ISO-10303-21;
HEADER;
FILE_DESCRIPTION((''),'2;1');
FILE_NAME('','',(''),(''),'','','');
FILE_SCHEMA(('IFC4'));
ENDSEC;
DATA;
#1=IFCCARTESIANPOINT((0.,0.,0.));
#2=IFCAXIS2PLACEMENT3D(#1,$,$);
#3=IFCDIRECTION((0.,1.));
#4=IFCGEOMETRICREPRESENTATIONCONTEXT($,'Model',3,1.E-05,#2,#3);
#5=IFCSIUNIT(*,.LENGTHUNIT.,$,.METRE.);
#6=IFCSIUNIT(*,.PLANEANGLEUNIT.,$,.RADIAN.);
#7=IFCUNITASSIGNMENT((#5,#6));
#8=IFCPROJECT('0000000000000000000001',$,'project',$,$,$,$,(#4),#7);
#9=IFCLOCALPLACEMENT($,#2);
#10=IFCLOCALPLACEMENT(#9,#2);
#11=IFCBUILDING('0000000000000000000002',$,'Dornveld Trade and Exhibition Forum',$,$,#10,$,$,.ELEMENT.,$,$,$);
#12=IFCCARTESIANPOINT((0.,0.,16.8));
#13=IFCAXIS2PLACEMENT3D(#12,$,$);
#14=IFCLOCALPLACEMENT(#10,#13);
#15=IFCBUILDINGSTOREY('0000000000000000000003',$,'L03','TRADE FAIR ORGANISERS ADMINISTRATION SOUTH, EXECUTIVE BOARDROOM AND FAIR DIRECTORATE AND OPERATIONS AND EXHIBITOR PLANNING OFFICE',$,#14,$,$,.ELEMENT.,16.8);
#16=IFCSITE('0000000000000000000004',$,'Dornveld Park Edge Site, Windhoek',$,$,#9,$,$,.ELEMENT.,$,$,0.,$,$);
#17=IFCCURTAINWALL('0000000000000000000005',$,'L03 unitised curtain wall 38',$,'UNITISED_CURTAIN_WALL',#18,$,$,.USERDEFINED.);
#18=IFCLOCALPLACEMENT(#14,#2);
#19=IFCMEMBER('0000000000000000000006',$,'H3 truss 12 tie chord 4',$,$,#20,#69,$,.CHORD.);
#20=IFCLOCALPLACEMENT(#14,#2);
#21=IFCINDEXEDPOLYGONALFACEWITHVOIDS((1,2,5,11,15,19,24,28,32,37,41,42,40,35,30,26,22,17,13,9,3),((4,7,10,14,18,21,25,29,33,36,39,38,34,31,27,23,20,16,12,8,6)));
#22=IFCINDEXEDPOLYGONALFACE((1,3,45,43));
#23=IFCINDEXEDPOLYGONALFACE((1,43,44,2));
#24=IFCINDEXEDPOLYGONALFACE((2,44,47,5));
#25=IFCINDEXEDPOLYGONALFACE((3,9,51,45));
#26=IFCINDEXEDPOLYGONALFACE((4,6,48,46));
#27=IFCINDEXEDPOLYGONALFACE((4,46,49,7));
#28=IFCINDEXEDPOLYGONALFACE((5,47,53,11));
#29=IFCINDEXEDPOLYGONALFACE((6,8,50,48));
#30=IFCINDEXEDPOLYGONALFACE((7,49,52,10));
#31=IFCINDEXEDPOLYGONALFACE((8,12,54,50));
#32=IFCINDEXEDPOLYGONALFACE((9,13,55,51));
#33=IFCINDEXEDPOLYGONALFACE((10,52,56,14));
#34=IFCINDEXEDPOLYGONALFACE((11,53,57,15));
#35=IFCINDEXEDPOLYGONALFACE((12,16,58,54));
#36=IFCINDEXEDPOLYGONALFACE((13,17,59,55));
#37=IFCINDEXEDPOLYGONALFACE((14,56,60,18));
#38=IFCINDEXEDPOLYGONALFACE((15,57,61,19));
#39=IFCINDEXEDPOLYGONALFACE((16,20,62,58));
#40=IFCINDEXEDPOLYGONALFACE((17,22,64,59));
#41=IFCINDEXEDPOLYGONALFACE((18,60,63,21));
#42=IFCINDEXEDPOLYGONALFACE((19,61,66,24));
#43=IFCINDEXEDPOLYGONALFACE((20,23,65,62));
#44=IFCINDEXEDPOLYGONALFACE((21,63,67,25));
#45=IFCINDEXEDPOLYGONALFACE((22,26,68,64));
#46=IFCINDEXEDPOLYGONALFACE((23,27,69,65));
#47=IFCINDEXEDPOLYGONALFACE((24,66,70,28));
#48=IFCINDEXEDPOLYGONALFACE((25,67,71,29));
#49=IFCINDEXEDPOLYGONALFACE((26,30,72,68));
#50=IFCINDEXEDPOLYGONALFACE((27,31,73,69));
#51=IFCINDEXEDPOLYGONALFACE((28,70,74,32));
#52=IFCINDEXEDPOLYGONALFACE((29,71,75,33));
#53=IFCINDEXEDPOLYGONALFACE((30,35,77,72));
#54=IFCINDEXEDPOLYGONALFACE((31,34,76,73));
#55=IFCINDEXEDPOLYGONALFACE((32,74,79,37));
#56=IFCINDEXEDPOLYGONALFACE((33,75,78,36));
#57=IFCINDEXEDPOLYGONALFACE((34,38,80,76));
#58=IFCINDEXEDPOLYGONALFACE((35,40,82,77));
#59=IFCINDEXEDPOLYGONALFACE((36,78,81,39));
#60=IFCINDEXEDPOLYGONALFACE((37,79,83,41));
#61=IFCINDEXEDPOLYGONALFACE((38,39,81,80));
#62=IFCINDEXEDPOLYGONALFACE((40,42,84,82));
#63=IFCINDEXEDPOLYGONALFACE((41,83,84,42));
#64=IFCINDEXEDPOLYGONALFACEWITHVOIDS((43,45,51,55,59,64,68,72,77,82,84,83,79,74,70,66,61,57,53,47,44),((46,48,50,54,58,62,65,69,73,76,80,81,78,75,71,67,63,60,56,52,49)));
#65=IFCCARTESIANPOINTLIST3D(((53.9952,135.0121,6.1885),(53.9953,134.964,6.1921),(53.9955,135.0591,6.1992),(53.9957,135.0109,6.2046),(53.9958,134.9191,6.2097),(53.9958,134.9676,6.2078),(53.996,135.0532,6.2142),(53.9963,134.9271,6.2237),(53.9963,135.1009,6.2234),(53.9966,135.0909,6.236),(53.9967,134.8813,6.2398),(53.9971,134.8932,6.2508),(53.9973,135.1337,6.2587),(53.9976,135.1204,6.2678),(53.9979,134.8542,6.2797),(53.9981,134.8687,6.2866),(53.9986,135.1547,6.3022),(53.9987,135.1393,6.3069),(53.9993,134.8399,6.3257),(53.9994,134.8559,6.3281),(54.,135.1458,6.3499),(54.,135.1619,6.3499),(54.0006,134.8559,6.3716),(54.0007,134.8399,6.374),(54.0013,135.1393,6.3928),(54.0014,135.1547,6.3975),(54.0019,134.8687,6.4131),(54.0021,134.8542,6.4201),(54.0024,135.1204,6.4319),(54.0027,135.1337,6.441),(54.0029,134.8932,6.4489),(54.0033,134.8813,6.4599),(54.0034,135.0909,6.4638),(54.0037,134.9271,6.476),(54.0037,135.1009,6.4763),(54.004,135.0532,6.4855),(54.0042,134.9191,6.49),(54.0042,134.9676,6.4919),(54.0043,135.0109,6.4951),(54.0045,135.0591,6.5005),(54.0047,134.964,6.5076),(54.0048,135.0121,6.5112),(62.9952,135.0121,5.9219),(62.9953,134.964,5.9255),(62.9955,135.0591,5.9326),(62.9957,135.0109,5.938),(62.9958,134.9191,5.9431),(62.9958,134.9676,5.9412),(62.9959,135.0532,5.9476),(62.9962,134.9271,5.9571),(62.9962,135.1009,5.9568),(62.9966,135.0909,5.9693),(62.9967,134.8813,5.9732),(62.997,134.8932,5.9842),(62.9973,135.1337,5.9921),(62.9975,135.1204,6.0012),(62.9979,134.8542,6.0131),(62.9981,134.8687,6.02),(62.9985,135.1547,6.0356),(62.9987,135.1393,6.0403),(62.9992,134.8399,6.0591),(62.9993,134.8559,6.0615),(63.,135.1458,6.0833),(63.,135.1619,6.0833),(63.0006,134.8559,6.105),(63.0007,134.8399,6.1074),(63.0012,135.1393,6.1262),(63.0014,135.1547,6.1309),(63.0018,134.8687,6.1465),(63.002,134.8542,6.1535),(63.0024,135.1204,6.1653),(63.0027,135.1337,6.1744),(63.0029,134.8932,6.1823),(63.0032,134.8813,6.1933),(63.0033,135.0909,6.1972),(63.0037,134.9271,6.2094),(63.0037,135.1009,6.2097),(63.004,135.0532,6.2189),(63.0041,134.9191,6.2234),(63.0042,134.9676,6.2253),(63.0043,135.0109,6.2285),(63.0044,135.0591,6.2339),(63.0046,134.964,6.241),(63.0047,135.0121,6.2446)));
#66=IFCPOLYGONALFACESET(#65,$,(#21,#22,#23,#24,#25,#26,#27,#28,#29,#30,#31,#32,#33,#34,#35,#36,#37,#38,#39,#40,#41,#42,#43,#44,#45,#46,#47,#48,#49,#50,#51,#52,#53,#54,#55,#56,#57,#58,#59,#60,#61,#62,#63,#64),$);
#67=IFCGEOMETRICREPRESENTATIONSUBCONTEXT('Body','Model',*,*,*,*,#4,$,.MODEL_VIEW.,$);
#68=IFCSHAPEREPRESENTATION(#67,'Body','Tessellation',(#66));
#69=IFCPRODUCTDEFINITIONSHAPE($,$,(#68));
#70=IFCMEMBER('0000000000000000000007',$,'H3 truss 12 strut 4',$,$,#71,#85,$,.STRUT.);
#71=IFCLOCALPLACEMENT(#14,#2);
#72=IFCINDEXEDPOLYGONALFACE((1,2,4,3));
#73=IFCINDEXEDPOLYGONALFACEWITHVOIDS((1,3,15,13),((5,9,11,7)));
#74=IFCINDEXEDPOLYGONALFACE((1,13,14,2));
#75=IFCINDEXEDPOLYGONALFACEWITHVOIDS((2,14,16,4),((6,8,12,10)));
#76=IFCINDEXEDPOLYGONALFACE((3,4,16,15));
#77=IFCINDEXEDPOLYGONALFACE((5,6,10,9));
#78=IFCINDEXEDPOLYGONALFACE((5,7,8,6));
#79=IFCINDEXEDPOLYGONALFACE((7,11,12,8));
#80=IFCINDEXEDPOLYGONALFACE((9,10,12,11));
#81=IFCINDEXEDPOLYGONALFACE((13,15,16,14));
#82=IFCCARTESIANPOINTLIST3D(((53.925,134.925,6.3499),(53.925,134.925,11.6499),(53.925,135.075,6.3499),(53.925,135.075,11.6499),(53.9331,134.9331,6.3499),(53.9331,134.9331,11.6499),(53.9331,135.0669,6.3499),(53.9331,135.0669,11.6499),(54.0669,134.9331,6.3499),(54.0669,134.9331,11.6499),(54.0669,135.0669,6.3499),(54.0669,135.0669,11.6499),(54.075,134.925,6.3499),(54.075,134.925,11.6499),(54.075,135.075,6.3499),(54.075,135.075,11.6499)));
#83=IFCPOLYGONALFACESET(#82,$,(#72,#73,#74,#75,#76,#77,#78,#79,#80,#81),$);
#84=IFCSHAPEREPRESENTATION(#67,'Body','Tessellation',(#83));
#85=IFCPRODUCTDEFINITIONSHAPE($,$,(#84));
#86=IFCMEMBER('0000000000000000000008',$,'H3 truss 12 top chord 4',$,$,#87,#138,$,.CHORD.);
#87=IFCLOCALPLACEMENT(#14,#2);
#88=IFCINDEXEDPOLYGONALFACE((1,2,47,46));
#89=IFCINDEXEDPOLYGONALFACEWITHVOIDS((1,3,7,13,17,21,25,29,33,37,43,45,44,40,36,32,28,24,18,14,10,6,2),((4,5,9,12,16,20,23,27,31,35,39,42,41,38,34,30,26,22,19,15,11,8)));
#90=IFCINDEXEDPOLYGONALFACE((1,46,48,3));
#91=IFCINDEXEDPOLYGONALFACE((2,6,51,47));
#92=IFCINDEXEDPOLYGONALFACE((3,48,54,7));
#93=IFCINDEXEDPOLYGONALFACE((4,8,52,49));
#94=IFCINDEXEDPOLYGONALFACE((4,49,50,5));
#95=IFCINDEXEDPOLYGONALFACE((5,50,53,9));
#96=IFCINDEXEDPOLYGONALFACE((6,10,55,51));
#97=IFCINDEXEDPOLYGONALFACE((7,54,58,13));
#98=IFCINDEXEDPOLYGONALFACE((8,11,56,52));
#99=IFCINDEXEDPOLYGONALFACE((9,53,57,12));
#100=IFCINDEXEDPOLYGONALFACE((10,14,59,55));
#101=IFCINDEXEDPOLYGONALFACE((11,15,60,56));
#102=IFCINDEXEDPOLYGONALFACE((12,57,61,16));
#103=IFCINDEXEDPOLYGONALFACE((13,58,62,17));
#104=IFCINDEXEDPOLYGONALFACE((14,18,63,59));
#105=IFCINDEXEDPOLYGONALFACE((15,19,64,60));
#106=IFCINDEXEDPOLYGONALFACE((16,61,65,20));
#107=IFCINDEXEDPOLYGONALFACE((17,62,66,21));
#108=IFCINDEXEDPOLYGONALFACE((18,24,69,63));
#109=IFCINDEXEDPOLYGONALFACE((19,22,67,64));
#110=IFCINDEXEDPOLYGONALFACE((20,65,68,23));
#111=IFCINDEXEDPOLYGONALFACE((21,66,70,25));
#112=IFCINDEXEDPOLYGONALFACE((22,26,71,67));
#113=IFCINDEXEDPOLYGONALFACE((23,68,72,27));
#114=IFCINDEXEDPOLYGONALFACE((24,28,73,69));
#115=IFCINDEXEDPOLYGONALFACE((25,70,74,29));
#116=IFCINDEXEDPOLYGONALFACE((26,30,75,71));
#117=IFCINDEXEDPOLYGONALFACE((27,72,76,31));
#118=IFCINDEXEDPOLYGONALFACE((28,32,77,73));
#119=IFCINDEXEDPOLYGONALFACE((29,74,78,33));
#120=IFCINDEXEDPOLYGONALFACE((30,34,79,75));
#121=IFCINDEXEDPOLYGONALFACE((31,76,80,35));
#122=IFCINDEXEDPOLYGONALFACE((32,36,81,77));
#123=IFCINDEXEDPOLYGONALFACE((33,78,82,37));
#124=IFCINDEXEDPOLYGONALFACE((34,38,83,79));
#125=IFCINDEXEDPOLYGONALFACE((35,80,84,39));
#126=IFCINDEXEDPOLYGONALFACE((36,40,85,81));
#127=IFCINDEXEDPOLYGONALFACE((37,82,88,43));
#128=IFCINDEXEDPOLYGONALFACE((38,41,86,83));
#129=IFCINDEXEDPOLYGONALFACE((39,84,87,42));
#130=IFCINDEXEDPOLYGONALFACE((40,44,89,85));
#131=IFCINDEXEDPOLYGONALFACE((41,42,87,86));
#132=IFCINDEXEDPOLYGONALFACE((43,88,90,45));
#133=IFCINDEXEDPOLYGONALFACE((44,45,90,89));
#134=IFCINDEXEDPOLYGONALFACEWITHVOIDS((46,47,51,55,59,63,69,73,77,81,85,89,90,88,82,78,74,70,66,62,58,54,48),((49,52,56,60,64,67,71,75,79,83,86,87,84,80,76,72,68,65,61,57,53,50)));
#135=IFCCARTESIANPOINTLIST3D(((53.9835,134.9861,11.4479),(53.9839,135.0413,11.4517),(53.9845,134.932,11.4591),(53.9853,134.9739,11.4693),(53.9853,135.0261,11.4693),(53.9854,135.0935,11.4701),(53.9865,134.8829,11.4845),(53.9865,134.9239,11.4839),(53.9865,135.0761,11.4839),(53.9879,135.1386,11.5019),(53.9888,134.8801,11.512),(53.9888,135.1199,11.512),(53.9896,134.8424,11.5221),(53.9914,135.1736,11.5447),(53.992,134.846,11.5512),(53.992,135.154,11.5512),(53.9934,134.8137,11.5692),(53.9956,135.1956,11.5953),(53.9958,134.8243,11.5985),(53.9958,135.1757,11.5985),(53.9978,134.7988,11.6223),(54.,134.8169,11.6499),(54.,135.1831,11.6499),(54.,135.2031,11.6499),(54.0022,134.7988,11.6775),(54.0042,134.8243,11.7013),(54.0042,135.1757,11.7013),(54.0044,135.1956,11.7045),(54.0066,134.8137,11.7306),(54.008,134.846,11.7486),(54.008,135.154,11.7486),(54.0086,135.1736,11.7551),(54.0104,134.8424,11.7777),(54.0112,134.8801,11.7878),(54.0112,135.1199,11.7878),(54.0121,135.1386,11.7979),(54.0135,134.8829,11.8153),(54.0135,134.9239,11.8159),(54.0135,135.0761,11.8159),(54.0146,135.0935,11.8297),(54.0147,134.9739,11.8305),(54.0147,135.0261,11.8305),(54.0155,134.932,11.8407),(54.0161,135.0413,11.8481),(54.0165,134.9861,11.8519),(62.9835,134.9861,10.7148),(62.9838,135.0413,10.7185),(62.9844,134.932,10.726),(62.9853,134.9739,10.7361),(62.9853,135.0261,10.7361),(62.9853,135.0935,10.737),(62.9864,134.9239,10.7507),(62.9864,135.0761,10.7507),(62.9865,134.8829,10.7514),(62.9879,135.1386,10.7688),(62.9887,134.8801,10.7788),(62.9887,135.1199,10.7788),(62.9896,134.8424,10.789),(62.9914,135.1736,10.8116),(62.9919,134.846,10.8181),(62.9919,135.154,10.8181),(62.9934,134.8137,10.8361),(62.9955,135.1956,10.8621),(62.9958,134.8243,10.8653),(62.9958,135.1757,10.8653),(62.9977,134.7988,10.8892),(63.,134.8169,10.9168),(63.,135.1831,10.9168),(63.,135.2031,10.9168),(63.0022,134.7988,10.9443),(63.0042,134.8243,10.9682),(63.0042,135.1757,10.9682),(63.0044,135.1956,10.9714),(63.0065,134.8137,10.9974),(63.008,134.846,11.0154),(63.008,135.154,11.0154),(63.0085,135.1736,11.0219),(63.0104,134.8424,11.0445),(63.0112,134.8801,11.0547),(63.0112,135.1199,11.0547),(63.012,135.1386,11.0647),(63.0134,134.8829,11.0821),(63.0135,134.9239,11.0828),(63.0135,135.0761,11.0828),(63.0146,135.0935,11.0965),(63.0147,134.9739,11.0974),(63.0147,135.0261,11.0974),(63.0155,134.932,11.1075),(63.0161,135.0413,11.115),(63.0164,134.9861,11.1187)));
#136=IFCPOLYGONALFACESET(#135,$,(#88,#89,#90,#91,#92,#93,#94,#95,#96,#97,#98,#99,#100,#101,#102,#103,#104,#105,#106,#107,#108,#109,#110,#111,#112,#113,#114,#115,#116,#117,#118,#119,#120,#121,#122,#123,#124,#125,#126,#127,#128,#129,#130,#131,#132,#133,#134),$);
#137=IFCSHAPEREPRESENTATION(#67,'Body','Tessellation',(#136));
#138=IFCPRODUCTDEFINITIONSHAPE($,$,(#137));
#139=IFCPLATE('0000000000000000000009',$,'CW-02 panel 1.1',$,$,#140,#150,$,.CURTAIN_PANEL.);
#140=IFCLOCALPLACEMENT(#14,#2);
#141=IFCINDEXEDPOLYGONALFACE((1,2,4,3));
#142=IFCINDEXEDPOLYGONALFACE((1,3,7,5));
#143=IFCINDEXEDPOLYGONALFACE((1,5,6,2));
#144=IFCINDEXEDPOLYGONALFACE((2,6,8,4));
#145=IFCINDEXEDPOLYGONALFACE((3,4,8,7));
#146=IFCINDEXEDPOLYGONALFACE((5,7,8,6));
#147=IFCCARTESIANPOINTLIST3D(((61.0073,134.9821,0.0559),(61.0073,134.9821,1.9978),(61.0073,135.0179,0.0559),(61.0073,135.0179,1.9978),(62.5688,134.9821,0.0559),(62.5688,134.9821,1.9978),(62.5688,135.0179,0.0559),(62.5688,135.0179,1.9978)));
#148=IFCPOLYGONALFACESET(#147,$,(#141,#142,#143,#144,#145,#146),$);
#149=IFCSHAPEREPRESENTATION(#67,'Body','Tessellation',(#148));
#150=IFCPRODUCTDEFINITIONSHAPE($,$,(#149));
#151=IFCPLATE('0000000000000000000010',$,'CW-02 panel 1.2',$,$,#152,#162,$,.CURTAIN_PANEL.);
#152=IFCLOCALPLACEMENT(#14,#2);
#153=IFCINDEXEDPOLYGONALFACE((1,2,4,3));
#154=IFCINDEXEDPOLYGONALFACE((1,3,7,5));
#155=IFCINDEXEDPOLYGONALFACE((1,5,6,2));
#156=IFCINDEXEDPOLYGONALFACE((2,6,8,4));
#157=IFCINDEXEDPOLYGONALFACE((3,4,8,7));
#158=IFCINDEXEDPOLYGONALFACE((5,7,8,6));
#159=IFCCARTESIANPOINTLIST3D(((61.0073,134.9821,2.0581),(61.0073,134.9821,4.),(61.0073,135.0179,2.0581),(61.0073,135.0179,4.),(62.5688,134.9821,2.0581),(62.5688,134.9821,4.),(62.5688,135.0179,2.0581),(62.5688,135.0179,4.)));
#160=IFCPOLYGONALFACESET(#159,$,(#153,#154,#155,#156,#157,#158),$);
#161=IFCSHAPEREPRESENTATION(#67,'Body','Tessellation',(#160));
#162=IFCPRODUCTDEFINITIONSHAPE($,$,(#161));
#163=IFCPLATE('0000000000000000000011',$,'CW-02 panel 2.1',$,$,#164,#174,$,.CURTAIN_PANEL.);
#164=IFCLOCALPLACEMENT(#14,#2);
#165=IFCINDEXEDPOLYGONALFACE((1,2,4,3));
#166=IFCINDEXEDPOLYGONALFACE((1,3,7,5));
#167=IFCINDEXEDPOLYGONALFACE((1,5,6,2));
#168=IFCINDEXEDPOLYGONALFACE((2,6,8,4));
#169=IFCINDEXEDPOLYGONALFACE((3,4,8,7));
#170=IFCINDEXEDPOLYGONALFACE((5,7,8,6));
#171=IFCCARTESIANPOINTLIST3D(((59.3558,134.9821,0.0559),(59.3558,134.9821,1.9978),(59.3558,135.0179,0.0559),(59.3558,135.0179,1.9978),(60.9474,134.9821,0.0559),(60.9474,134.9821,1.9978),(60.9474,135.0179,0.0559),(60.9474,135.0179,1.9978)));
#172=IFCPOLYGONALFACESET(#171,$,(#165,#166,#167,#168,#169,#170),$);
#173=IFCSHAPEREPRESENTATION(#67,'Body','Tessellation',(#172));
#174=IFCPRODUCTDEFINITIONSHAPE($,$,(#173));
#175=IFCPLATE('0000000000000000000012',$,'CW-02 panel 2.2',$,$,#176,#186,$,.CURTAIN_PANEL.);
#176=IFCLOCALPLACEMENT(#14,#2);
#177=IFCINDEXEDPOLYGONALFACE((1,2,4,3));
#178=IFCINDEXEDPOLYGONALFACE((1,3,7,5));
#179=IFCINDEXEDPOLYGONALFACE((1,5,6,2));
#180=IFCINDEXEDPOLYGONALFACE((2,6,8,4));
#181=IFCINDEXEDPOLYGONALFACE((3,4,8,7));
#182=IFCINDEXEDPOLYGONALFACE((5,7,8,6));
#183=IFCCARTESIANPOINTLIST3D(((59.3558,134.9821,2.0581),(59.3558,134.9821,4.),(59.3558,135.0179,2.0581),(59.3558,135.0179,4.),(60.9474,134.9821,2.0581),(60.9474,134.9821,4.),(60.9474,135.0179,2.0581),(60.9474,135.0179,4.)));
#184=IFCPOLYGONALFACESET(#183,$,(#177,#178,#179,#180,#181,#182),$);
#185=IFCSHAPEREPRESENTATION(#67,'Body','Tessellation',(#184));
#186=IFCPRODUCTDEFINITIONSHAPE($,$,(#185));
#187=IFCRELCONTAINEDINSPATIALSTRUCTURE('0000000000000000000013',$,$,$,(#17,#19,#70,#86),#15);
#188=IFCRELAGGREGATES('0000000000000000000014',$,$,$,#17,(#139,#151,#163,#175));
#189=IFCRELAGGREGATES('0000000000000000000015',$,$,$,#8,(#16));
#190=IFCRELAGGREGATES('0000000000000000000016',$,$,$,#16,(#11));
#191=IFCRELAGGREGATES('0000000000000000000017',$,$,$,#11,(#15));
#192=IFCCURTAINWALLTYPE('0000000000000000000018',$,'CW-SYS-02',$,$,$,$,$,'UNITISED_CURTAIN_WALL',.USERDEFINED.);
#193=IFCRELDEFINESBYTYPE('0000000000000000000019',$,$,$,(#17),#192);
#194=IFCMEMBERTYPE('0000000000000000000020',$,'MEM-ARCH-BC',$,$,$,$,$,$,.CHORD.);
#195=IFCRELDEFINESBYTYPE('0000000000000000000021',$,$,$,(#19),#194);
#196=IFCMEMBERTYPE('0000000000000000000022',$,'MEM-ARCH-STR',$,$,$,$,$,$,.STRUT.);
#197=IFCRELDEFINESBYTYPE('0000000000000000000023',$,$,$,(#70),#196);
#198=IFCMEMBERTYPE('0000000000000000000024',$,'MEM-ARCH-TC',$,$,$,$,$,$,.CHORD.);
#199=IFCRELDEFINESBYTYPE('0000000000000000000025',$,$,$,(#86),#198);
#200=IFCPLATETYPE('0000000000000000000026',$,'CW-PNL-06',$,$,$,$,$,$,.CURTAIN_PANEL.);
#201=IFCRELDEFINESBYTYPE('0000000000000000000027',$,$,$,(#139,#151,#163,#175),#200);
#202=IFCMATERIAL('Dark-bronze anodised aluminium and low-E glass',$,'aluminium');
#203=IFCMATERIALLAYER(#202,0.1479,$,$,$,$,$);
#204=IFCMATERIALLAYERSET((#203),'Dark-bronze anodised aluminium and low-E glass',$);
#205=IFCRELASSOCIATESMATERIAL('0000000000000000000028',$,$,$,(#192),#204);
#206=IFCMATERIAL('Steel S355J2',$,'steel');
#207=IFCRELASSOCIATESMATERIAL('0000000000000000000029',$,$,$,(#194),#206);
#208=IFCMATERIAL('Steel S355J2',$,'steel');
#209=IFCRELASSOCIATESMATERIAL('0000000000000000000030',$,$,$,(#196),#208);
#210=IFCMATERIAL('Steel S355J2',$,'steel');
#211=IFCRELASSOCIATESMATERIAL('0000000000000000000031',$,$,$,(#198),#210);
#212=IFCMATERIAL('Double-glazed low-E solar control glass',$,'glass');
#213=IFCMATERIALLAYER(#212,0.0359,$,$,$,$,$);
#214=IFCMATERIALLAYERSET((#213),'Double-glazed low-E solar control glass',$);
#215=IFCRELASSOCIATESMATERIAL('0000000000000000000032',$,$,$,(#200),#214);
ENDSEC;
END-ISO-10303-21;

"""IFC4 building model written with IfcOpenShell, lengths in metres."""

from ifc_helpers import new_model, si_unit, direction, frame, origin, origin_2d, place, context, subcontext, project, spatial, rectangle, hollow_rectangle, hollow_circle, extrude, material, layer, layer_set, material_profile, profile_set, type_object, element, aggregate, save


model = new_model("IFC4")

# Units and contexts
model_context = context("Model", 3, precision=1e-05, world=origin(), true_north=direction((0.0, 1.0)))
body_context = subcontext(model_context, "Body", "Model", "MODEL_VIEW")
ifc_project = project(units=[si_unit("LENGTHUNIT", "METRE"), si_unit("PLANEANGLEUNIT", "RADIAN")], contexts=[model_context])

# Site, building, storey
site_placement = place(None, origin())
site = spatial("IfcSite", under=ifc_project, at=site_placement, Name="Dornveld Park Edge Site, Windhoek", CompositionType="ELEMENT", RefElevation=0.0)
building_placement = place(site_placement, origin())
building = spatial("IfcBuilding", under=site, at=building_placement, Name="Dornveld Trade and Exhibition Forum", CompositionType="ELEMENT")
storey_placement = place(building_placement, frame((0.0, 0.0, 16.8)))
storey = spatial("IfcBuildingStorey", under=building, at=storey_placement, Name="L03", Description="TRADE FAIR ORGANISERS ADMINISTRATION SOUTH, EXECUTIVE BOARDROOM AND FAIR DIRECTORATE AND OPERATIONS AND EXHIBITOR PLANNING OFFICE", CompositionType="ELEMENT", Elevation=16.8)

# Curtain wall
ifc_material_1 = material(Name="Dark-bronze anodised aluminium and low-E glass", Category="aluminium")
ifc_layer_1 = layer(ifc_material_1, 0.1479)
ifc_layer_set_1 = layer_set([ifc_layer_1], Name="Dark-bronze anodised aluminium and low-E glass")
curtain_wall_type_1 = type_object("IfcCurtainWallType", Name="CW-SYS-02", ElementType="UNITISED_CURTAIN_WALL", PredefinedType="USERDEFINED", material=ifc_layer_set_1)
curtain_wall_1_placement = place(storey_placement, origin())
curtain_wall_1 = element("IfcCurtainWall", 1, at=curtain_wall_1_placement, inside=storey, type_object=curtain_wall_type_1, Name="L03 unitised curtain wall 38", ObjectType="UNITISED_CURTAIN_WALL", PredefinedType="USERDEFINED")

# Members
ifc_material_2 = material(Name="Steel S355J2", Category="steel")
ifc_material_profile_1 = material_profile(ifc_material_2, hollow_circle(Radius=0.1619, WallThickness=0.0161, at=origin_2d()), Name="CHS 323.9x16")
ifc_profile_set_1 = profile_set([ifc_material_profile_1], Name="Steel S355J2")
member_type_1 = type_object("IfcMemberType", Name="MEM-ARCH-BC", PredefinedType="CHORD", material=ifc_profile_set_1)
member_1_placement = place(storey_placement, frame((54.0, 135.0, 6.3499), z_axis=(0.999562, 0.0, -0.029609), x_axis=(0.0, 1.0, 0.0)))
element("IfcMember", 2, at=member_1_placement, inside=storey, type_object=member_type_1, Name="H3 truss 12 tie chord 4", PredefinedType="CHORD", context=body_context, shape_type="SweptSolid", body=[
    extrude(hollow_circle(Radius=0.1619, WallThickness=0.0161, at=origin_2d()), origin(), (0.0, 0.0, 1.0), 9.0039),
])
ifc_material_3 = material(Name="Steel S355J2", Category="steel")
ifc_material_profile_2 = material_profile(ifc_material_3, hollow_rectangle(XDim=0.1499, YDim=0.1499, WallThickness=0.0081, at=origin_2d()), Name="SHS 150x150x8")
ifc_profile_set_2 = profile_set([ifc_material_profile_2], Name="Steel S355J2")
member_type_2 = type_object("IfcMemberType", Name="MEM-ARCH-STR", PredefinedType="STRUT", material=ifc_profile_set_2)
member_2_placement = place(storey_placement, frame((54.0, 135.0, 6.3499), z_axis=(0.0, 0.0, 1.0), x_axis=(1.0, 0.0, 0.0)))
element("IfcMember", 3, at=member_2_placement, inside=storey, type_object=member_type_2, Name="H3 truss 12 strut 4", PredefinedType="STRUT", context=body_context, shape_type="SweptSolid", body=[
    extrude(hollow_rectangle(XDim=0.1499, YDim=0.1499, WallThickness=0.0081, at=origin_2d()), origin(), (0.0, 0.0, 1.0), 5.3),
])
ifc_material_4 = material(Name="Steel S355J2", Category="steel")
ifc_material_profile_3 = material_profile(ifc_material_4, hollow_circle(Radius=0.2031, WallThickness=0.02, at=origin_2d()), Name="CHS 406.4x20")
ifc_profile_set_3 = profile_set([ifc_material_profile_3], Name="Steel S355J2")
member_type_3 = type_object("IfcMemberType", Name="MEM-ARCH-TC", PredefinedType="CHORD", material=ifc_profile_set_3)
member_3_placement = place(storey_placement, frame((54.0, 135.0, 11.6499), z_axis=(0.996698, 0.0, -0.081193), x_axis=(0.0, 1.0, 0.0)))
element("IfcMember", 4, at=member_3_placement, inside=storey, type_object=member_type_3, Name="H3 truss 12 top chord 4", PredefinedType="CHORD", context=body_context, shape_type="SweptSolid", body=[
    extrude(hollow_circle(Radius=0.2031, WallThickness=0.02, at=origin_2d()), origin(), (0.0, 0.0, 1.0), 9.0298),
])

# Plates
ifc_material_5 = material(Name="Double-glazed low-E solar control glass", Category="glass")
ifc_layer_2 = layer(ifc_material_5, 0.0359)
ifc_layer_set_2 = layer_set([ifc_layer_2], Name="Double-glazed low-E solar control glass")
plate_type = type_object("IfcPlateType", Name="CW-PNL-06", PredefinedType="CURTAIN_PANEL", material=ifc_layer_set_2)
plate_1_placement = place(storey_placement, frame((61.7881, 135.0, 0.0559), z_axis=(0.0, 0.0, 1.0), x_axis=(-1.0, 0.0, 0.0)))
plate_1 = element("IfcPlate", 5, at=plate_1_placement, type_object=plate_type, Name="CW-02 panel 1.1", PredefinedType="CURTAIN_PANEL", context=body_context, shape_type="SweptSolid", body=[
    extrude(rectangle(XDim=1.5615, YDim=0.0359, at=origin_2d()), origin(), (0.0, 0.0, 1.0), 1.9419),
])
plate_2_placement = place(storey_placement, frame((61.7881, 135.0, 2.0581), z_axis=(0.0, 0.0, 1.0), x_axis=(-1.0, 0.0, 0.0)))
plate_2 = element("IfcPlate", 6, at=plate_2_placement, type_object=plate_type, Name="CW-02 panel 1.2", PredefinedType="CURTAIN_PANEL", context=body_context, shape_type="SweptSolid", body=[
    extrude(rectangle(XDim=1.5615, YDim=0.0359, at=origin_2d()), origin(), (0.0, 0.0, 1.0), 1.9419),
])
plate_3_placement = place(storey_placement, frame((60.1516, 135.0, 0.0559), z_axis=(0.0, 0.0, 1.0), x_axis=(-1.0, 0.0, 0.0)))
plate_3 = element("IfcPlate", 7, at=plate_3_placement, type_object=plate_type, Name="CW-02 panel 2.1", PredefinedType="CURTAIN_PANEL", context=body_context, shape_type="SweptSolid", body=[
    extrude(rectangle(XDim=1.5916, YDim=0.0359, at=origin_2d()), origin(), (0.0, 0.0, 1.0), 1.9419),
])
plate_4_placement = place(storey_placement, frame((60.1516, 135.0, 2.0581), z_axis=(0.0, 0.0, 1.0), x_axis=(-1.0, 0.0, 0.0)))
plate_4 = element("IfcPlate", 8, at=plate_4_placement, type_object=plate_type, Name="CW-02 panel 2.2", PredefinedType="CURTAIN_PANEL", context=body_context, shape_type="SweptSolid", body=[
    extrude(rectangle(XDim=1.5916, YDim=0.0359, at=origin_2d()), origin(), (0.0, 0.0, 1.0), 1.9419),
])
aggregate(curtain_wall_1, [plate_1, plate_2, plate_3, plate_4])

save(model, "model.ifc")
